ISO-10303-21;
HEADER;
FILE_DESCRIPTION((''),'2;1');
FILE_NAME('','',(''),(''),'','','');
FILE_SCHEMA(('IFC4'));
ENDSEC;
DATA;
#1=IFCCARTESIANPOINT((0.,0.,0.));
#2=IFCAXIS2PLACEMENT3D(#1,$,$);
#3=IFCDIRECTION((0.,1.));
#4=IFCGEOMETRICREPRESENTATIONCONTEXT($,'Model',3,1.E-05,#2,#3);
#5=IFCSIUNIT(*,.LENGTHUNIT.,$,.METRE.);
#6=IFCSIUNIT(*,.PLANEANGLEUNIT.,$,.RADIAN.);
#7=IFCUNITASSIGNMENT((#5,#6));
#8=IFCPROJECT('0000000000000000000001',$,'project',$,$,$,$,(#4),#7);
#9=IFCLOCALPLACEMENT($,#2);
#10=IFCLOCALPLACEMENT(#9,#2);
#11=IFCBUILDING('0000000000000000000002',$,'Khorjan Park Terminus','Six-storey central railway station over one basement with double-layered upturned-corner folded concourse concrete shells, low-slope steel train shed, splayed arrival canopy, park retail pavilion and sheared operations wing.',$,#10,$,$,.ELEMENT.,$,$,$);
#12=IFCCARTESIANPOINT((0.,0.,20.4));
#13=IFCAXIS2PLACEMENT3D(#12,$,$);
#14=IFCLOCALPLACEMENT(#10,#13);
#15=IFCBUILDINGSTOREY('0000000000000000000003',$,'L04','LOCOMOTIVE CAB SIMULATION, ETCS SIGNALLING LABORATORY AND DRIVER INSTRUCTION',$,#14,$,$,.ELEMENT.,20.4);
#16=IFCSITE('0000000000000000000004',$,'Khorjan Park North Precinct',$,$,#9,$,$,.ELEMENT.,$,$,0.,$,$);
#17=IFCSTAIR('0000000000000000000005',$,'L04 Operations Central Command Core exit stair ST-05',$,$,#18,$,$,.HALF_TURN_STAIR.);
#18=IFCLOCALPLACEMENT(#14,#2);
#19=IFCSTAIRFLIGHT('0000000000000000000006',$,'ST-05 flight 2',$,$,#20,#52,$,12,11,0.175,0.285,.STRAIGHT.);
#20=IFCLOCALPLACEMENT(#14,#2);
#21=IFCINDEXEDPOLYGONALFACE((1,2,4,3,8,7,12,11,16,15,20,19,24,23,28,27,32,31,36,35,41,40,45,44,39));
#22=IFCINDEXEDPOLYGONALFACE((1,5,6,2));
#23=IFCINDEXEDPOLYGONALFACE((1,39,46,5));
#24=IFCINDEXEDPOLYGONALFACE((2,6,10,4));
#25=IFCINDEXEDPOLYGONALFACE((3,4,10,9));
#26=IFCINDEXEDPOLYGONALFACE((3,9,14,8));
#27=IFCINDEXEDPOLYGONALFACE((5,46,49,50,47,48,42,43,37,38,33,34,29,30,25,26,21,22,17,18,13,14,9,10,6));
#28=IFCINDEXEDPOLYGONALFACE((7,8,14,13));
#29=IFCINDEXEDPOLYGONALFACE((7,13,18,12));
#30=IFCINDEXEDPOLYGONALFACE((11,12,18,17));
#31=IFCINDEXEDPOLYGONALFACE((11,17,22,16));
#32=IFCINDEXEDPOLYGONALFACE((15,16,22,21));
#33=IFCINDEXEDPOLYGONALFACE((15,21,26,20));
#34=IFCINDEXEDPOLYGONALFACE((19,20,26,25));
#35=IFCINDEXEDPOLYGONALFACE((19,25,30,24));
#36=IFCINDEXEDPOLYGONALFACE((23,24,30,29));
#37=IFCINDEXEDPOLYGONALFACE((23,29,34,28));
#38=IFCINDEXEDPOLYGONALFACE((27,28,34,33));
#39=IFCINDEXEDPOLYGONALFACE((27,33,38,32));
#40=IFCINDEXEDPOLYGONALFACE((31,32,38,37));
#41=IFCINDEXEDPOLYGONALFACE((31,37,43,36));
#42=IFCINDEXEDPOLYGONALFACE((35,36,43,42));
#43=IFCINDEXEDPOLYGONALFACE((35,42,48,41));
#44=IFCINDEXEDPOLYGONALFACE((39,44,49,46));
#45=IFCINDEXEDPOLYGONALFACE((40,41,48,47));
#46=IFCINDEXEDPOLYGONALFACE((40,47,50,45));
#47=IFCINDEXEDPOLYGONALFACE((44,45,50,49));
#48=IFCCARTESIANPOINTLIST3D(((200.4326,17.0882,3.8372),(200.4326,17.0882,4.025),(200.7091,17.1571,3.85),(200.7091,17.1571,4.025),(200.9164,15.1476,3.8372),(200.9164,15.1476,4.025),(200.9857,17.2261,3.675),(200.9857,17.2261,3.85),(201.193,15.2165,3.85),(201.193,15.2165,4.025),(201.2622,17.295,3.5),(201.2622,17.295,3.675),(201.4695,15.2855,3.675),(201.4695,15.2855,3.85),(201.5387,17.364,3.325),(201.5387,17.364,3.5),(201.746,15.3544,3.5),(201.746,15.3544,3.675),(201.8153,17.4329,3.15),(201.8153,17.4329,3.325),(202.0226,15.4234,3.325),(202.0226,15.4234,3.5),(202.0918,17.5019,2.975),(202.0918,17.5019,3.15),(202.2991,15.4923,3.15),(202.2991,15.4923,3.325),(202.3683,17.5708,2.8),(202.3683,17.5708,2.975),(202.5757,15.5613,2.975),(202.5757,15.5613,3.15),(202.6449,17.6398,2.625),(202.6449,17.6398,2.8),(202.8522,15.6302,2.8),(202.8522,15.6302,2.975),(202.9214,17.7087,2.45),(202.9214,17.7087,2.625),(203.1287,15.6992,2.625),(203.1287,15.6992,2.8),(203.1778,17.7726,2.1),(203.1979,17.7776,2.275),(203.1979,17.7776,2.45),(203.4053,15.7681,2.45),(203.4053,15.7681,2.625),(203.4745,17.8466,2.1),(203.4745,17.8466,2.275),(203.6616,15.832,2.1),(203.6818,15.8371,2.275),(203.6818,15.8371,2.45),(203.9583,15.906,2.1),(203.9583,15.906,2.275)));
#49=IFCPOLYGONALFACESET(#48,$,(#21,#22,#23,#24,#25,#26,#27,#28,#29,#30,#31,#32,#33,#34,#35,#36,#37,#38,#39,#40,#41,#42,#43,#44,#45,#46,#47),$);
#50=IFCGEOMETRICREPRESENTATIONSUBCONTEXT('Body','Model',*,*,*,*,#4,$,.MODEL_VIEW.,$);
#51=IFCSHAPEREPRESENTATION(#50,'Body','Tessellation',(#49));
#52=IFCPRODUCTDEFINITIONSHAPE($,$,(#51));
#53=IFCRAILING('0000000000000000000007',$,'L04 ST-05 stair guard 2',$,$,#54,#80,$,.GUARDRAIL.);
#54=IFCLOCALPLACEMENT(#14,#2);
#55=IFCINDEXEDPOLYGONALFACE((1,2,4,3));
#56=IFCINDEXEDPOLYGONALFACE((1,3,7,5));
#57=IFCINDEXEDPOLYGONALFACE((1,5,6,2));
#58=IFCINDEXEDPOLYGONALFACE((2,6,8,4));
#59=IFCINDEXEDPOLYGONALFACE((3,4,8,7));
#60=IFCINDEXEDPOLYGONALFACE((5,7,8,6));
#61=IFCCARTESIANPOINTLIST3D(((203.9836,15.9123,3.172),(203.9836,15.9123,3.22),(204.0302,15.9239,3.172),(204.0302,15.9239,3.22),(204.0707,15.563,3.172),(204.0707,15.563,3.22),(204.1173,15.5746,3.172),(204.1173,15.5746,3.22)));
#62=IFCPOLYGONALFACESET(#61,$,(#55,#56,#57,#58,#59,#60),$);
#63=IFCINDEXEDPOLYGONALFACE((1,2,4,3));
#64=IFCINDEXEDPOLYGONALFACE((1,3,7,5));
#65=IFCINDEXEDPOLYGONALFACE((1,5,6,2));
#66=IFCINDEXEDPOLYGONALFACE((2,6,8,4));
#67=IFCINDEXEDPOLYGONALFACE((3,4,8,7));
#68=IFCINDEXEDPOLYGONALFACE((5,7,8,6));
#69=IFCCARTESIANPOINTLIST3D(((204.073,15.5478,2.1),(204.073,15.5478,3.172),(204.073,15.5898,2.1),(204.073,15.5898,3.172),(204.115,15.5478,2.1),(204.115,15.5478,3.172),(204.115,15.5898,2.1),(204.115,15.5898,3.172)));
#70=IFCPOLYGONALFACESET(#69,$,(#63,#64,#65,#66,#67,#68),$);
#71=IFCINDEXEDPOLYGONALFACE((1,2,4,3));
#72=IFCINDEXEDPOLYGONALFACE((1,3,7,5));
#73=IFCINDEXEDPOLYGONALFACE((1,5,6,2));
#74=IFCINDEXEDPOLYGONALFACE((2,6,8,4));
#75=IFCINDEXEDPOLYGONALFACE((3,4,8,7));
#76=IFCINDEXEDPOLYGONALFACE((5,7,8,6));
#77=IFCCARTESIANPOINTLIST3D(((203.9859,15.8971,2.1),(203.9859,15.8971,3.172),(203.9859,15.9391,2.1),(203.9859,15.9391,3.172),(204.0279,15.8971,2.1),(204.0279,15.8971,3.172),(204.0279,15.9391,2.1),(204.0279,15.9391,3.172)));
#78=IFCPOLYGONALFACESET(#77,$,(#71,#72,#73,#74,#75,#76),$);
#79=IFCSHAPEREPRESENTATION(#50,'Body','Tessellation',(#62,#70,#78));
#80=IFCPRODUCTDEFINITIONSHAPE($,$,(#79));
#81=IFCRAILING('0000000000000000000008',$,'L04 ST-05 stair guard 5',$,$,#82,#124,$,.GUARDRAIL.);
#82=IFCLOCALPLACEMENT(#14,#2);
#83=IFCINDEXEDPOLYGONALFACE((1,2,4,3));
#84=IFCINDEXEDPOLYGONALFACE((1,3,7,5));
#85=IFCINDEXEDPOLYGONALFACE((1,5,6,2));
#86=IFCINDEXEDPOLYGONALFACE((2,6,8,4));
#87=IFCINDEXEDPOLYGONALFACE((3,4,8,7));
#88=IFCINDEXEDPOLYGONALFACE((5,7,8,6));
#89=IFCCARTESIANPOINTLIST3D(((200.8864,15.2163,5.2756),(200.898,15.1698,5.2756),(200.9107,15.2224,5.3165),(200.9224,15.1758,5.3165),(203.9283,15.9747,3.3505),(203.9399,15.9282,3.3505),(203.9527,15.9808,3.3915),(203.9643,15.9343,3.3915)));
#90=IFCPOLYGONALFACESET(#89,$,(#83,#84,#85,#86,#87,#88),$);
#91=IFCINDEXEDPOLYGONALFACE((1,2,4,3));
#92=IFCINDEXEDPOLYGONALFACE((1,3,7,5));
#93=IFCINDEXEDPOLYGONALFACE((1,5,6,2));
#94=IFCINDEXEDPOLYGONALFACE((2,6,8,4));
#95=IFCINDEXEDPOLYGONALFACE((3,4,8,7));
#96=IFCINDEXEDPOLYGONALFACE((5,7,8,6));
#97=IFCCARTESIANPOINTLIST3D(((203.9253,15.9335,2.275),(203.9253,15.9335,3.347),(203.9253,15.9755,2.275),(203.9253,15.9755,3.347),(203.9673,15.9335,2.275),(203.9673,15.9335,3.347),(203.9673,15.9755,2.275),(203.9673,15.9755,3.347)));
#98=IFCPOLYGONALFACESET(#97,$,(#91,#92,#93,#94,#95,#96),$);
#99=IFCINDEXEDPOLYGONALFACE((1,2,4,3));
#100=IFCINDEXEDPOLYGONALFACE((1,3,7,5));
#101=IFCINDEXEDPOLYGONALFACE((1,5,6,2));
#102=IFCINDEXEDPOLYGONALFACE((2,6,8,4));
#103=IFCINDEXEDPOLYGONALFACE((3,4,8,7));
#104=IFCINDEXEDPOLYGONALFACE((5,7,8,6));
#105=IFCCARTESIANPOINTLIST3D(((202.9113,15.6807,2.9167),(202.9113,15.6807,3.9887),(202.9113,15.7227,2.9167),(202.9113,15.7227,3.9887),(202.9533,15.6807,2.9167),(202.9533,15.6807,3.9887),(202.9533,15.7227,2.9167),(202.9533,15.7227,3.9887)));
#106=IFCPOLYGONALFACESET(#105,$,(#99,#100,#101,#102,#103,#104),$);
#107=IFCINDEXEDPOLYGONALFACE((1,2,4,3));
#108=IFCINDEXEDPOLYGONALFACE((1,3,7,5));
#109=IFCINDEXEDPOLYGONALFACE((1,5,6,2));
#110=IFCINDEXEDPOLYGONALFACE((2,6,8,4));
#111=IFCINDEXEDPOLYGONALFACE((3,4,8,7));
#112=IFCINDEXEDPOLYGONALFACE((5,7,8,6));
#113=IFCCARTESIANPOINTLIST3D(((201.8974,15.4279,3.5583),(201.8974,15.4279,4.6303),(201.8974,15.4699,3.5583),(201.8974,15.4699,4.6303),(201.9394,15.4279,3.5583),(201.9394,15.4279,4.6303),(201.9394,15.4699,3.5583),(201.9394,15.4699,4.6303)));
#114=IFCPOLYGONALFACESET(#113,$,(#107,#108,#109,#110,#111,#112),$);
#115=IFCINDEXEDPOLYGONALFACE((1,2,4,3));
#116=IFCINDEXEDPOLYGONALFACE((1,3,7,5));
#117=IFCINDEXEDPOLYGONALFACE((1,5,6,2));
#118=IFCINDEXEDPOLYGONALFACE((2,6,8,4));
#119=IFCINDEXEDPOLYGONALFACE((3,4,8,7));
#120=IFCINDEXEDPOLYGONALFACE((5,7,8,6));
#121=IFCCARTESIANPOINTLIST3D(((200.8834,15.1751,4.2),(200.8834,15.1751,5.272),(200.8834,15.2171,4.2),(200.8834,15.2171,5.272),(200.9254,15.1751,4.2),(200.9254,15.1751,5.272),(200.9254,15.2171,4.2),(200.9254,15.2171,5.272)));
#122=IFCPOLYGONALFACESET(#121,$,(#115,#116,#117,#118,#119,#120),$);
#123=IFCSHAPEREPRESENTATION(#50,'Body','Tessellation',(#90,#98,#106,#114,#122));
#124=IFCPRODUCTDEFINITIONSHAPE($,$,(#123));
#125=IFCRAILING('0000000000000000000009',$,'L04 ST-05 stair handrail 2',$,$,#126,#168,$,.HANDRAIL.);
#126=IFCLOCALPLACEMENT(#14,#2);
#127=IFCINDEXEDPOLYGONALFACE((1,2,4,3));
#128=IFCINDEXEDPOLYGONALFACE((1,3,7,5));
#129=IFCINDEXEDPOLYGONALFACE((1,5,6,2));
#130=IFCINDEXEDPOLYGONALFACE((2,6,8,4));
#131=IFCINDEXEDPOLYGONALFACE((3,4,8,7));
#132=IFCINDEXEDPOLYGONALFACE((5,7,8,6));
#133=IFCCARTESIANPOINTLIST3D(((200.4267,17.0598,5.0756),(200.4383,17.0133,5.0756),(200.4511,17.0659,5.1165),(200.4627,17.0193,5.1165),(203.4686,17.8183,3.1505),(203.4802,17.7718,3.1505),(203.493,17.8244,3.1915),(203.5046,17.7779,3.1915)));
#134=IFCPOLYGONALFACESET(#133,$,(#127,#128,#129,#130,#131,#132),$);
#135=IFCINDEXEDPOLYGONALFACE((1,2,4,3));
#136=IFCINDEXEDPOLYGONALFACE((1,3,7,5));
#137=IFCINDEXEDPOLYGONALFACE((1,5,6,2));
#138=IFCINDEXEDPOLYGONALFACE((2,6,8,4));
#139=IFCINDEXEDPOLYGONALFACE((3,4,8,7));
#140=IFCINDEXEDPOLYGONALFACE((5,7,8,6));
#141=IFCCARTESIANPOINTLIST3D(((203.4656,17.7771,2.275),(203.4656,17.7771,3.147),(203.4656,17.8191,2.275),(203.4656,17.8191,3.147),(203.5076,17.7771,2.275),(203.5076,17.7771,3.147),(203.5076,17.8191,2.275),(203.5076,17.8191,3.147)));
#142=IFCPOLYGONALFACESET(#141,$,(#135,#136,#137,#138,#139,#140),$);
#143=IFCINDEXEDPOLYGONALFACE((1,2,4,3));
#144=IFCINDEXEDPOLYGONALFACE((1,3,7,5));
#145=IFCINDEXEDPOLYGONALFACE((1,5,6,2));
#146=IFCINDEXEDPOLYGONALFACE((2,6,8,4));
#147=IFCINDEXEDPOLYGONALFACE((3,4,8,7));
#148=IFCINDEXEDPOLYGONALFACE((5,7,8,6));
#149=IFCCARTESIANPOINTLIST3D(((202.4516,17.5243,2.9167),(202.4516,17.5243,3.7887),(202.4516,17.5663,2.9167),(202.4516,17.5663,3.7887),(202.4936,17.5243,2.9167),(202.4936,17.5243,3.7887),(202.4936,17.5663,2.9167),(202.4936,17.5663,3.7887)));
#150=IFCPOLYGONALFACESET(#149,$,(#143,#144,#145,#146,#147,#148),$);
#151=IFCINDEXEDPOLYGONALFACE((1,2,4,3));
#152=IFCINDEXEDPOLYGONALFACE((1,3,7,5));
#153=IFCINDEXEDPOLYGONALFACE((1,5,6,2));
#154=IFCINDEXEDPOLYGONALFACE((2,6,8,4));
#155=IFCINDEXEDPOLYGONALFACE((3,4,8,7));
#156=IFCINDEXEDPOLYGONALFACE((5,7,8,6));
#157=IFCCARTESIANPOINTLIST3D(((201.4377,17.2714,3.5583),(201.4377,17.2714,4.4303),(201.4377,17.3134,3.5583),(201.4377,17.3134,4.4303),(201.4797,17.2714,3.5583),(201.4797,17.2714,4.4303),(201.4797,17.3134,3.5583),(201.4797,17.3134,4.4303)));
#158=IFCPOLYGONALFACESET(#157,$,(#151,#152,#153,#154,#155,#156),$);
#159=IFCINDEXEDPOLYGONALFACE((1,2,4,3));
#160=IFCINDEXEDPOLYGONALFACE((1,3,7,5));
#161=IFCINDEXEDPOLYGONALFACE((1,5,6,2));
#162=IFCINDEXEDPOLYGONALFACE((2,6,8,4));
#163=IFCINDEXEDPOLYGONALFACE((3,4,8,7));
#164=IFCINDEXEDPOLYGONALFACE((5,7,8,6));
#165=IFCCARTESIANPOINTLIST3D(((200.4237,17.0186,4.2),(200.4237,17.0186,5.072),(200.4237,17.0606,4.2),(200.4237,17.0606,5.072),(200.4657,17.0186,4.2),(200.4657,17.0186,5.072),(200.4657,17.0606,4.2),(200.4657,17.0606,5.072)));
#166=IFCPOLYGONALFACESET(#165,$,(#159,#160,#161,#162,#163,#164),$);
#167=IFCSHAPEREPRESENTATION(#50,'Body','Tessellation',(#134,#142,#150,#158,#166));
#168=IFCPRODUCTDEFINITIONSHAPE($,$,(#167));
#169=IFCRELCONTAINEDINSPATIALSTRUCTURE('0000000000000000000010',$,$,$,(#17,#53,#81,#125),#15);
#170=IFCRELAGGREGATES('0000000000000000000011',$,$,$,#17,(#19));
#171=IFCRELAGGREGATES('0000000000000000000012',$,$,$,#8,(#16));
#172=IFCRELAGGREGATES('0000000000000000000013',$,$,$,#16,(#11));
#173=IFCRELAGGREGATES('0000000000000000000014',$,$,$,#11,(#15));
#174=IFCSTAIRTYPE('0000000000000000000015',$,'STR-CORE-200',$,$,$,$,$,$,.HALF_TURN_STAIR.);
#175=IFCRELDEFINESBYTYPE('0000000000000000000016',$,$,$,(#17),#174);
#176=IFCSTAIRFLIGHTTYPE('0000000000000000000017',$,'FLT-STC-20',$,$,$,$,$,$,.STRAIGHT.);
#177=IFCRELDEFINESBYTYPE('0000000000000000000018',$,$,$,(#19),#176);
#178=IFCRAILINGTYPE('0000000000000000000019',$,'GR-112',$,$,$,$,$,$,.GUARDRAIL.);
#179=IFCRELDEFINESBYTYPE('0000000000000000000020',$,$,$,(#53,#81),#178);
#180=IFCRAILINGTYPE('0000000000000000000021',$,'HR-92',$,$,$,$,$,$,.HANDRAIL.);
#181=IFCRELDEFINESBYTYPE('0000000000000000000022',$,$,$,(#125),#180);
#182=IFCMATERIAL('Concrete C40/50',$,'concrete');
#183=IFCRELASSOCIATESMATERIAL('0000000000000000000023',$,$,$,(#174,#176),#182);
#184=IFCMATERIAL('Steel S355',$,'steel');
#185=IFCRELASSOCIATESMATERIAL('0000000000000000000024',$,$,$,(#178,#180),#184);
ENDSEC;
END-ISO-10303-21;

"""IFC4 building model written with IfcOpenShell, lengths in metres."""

from ifc_helpers import new_model, si_unit, direction, frame, origin, origin_2d, place, context, subcontext, project, spatial, polyline, rectangle, outline, extrude, material, type_object, element, aggregate, save


model = new_model("IFC4")

# Units and contexts
model_context = context("Model", 3, precision=1e-05, world=origin(), true_north=direction((0.0, 1.0)))
body_context = subcontext(model_context, "Body", "Model", "MODEL_VIEW")
ifc_project = project(units=[si_unit("LENGTHUNIT", "METRE"), si_unit("PLANEANGLEUNIT", "RADIAN")], contexts=[model_context])

# Site, building, storey
site_placement = place(None, origin())
site = spatial("IfcSite", under=ifc_project, at=site_placement, Name="Khorjan Park North Precinct", CompositionType="ELEMENT", RefElevation=0.0)
building_placement = place(site_placement, origin())
building = spatial("IfcBuilding", under=site, at=building_placement, Name="Khorjan Park Terminus", Description="Six-storey central railway station over one basement with double-layered upturned-corner folded concourse concrete shells, low-slope steel train shed, splayed arrival canopy, park retail pavilion and sheared operations wing.", CompositionType="ELEMENT")
storey_placement = place(building_placement, frame((0.0, 0.0, 20.4)))
storey = spatial("IfcBuildingStorey", under=building, at=storey_placement, Name="L04", Description="LOCOMOTIVE CAB SIMULATION, ETCS SIGNALLING LABORATORY AND DRIVER INSTRUCTION", CompositionType="ELEMENT", Elevation=20.4)

# Shared definitions
ifc_material_1 = material(Name="Steel S355", Category="steel")

# Shared definitions
ifc_material_2 = material(Name="Concrete C40/50", Category="concrete")

# Stair, stair flight
stair_type = type_object("IfcStairType", Name="STR-CORE-200", PredefinedType="HALF_TURN_STAIR", material=ifc_material_2)
stair_placement = place(storey_placement, origin())
stair = element("IfcStair", 1, at=stair_placement, inside=storey, type_object=stair_type, Name="L04 Operations Central Command Core exit stair ST-05", PredefinedType="HALF_TURN_STAIR")
stair_flight_type = type_object("IfcStairFlightType", Name="FLT-STC-20", PredefinedType="STRAIGHT", material=ifc_material_2)
stair_flight_placement = place(storey_placement, frame((203.7164, 16.8763, 2.1), z_axis=(0.0, 0.0, 1.0), x_axis=(-0.970296, -0.241922, 0.0)))
stair_flight = element("IfcStairFlight", 2, at=stair_flight_placement, type_object=stair_flight_type, Name="ST-05 flight 2", NumberOfRisers=12, NumberOfTreads=11, PredefinedType="STRAIGHT", RiserHeight=0.175, TreadLength=0.285, context=body_context, shape_type="SweptSolid", body=[
    extrude(outline(polyline([(0.0, 0.0), (0.0, 0.175), (0.285, 0.175), (0.285, 0.35), (0.57, 0.35), (0.57, 0.525), (0.855, 0.525), (0.855, 0.7), (1.14, 0.7), (1.14, 0.875), (1.425, 0.875), (1.425, 1.05), (1.71, 1.05), (1.71, 1.225), (1.995, 1.225), (1.995, 1.4), (2.28, 1.4), (2.28, 1.575), (2.565, 1.575), (2.565, 1.75), (2.85, 1.75), (2.85, 1.925), (3.135, 1.925), (3.135, 2.1), (3.135, 1.7372), (0.3058, 0.0), (0.0, 0.0)])), frame((0.0, 1.0, 0.0), z_axis=(0.0, -1.0, 0.0), x_axis=(1.0, 0.0, 0.0)), (0.0, 0.0, 1.0), 2.0),
])
aggregate(stair, [stair_flight])

# Railings
railing_type_1 = type_object("IfcRailingType", Name="GR-112", PredefinedType="GUARDRAIL", material=ifc_material_1)
railing_1_placement = place(storey_placement, frame((204.094, 15.5688, 2.1)))
element("IfcRailing", 3, at=railing_1_placement, inside=storey, type_object=railing_type_1, Name="L04 ST-05 stair guard 2", PredefinedType="GUARDRAIL", context=body_context, shape_type="SweptSolid", body=[
    extrude(rectangle(XDim=0.048, YDim=0.048, at=origin_2d()), frame((0.0, 0.0, 1.096), z_axis=(-0.241947, 0.970289, 0.0), x_axis=(-0.970289, -0.241947, 0.0)), (0.0, 0.0, 1.0), 0.36),
    extrude(rectangle(XDim=0.042, YDim=0.042, at=origin_2d()), origin(), (0.0, 0.0, 1.0), 1.072),
    extrude(rectangle(XDim=0.042, YDim=0.042, at=origin_2d()), frame((-0.0871, 0.3493, 0.0)), (0.0, 0.0, 1.0), 1.072),
])
railing_2_placement = place(storey_placement, frame((203.9463, 15.9545, 2.275)))
element("IfcRailing", 4, at=railing_2_placement, inside=storey, type_object=railing_type_1, Name="L04 ST-05 stair guard 5", PredefinedType="GUARDRAIL", context=body_context, shape_type="SweptSolid", body=[
    extrude(rectangle(XDim=0.048, YDim=0.048, at=origin_2d()), frame((0.0, 0.0, 1.096), z_axis=(-0.826861, -0.206151, 0.523261), x_axis=(0.241913, -0.970298, 0.0)), (0.0, 0.0, 1.0), 3.6789),
    extrude(rectangle(XDim=0.042, YDim=0.042, at=origin_2d()), origin(), (0.0, 0.0, 1.0), 1.072),
    extrude(rectangle(XDim=0.042, YDim=0.042, at=origin_2d()), frame((-1.014, -0.2528, 0.6417)), (0.0, 0.0, 1.0), 1.072),
    extrude(rectangle(XDim=0.042, YDim=0.042, at=origin_2d()), frame((-2.0279, -0.5056, 1.2833)), (0.0, 0.0, 1.0), 1.072),
    extrude(rectangle(XDim=0.042, YDim=0.042, at=origin_2d()), frame((-3.0419, -0.7584, 1.925)), (0.0, 0.0, 1.0), 1.072),
])
railing_type_2 = type_object("IfcRailingType", Name="HR-92", PredefinedType="HANDRAIL", material=ifc_material_1)
railing_3_placement = place(storey_placement, frame((203.4866, 17.7981, 2.275)))
element("IfcRailing", 5, at=railing_3_placement, inside=storey, type_object=railing_type_2, Name="L04 ST-05 stair handrail 2", PredefinedType="HANDRAIL", context=body_context, shape_type="SweptSolid", body=[
    extrude(rectangle(XDim=0.048, YDim=0.048, at=origin_2d()), frame((0.0, 0.0, 0.896), z_axis=(-0.826857, -0.206177, 0.523258), x_axis=(0.241943, -0.970291, 0.0)), (0.0, 0.0, 1.0), 3.6789),
    extrude(rectangle(XDim=0.042, YDim=0.042, at=origin_2d()), origin(), (0.0, 0.0, 1.0), 0.872),
    extrude(rectangle(XDim=0.042, YDim=0.042, at=origin_2d()), frame((-1.014, -0.2528, 0.6417)), (0.0, 0.0, 1.0), 0.872),
    extrude(rectangle(XDim=0.042, YDim=0.042, at=origin_2d()), frame((-2.0279, -0.5057, 1.2833)), (0.0, 0.0, 1.0), 0.872),
    extrude(rectangle(XDim=0.042, YDim=0.042, at=origin_2d()), frame((-3.0419, -0.7585, 1.925)), (0.0, 0.0, 1.0), 0.872),
])

save(model, "model.ifc")
